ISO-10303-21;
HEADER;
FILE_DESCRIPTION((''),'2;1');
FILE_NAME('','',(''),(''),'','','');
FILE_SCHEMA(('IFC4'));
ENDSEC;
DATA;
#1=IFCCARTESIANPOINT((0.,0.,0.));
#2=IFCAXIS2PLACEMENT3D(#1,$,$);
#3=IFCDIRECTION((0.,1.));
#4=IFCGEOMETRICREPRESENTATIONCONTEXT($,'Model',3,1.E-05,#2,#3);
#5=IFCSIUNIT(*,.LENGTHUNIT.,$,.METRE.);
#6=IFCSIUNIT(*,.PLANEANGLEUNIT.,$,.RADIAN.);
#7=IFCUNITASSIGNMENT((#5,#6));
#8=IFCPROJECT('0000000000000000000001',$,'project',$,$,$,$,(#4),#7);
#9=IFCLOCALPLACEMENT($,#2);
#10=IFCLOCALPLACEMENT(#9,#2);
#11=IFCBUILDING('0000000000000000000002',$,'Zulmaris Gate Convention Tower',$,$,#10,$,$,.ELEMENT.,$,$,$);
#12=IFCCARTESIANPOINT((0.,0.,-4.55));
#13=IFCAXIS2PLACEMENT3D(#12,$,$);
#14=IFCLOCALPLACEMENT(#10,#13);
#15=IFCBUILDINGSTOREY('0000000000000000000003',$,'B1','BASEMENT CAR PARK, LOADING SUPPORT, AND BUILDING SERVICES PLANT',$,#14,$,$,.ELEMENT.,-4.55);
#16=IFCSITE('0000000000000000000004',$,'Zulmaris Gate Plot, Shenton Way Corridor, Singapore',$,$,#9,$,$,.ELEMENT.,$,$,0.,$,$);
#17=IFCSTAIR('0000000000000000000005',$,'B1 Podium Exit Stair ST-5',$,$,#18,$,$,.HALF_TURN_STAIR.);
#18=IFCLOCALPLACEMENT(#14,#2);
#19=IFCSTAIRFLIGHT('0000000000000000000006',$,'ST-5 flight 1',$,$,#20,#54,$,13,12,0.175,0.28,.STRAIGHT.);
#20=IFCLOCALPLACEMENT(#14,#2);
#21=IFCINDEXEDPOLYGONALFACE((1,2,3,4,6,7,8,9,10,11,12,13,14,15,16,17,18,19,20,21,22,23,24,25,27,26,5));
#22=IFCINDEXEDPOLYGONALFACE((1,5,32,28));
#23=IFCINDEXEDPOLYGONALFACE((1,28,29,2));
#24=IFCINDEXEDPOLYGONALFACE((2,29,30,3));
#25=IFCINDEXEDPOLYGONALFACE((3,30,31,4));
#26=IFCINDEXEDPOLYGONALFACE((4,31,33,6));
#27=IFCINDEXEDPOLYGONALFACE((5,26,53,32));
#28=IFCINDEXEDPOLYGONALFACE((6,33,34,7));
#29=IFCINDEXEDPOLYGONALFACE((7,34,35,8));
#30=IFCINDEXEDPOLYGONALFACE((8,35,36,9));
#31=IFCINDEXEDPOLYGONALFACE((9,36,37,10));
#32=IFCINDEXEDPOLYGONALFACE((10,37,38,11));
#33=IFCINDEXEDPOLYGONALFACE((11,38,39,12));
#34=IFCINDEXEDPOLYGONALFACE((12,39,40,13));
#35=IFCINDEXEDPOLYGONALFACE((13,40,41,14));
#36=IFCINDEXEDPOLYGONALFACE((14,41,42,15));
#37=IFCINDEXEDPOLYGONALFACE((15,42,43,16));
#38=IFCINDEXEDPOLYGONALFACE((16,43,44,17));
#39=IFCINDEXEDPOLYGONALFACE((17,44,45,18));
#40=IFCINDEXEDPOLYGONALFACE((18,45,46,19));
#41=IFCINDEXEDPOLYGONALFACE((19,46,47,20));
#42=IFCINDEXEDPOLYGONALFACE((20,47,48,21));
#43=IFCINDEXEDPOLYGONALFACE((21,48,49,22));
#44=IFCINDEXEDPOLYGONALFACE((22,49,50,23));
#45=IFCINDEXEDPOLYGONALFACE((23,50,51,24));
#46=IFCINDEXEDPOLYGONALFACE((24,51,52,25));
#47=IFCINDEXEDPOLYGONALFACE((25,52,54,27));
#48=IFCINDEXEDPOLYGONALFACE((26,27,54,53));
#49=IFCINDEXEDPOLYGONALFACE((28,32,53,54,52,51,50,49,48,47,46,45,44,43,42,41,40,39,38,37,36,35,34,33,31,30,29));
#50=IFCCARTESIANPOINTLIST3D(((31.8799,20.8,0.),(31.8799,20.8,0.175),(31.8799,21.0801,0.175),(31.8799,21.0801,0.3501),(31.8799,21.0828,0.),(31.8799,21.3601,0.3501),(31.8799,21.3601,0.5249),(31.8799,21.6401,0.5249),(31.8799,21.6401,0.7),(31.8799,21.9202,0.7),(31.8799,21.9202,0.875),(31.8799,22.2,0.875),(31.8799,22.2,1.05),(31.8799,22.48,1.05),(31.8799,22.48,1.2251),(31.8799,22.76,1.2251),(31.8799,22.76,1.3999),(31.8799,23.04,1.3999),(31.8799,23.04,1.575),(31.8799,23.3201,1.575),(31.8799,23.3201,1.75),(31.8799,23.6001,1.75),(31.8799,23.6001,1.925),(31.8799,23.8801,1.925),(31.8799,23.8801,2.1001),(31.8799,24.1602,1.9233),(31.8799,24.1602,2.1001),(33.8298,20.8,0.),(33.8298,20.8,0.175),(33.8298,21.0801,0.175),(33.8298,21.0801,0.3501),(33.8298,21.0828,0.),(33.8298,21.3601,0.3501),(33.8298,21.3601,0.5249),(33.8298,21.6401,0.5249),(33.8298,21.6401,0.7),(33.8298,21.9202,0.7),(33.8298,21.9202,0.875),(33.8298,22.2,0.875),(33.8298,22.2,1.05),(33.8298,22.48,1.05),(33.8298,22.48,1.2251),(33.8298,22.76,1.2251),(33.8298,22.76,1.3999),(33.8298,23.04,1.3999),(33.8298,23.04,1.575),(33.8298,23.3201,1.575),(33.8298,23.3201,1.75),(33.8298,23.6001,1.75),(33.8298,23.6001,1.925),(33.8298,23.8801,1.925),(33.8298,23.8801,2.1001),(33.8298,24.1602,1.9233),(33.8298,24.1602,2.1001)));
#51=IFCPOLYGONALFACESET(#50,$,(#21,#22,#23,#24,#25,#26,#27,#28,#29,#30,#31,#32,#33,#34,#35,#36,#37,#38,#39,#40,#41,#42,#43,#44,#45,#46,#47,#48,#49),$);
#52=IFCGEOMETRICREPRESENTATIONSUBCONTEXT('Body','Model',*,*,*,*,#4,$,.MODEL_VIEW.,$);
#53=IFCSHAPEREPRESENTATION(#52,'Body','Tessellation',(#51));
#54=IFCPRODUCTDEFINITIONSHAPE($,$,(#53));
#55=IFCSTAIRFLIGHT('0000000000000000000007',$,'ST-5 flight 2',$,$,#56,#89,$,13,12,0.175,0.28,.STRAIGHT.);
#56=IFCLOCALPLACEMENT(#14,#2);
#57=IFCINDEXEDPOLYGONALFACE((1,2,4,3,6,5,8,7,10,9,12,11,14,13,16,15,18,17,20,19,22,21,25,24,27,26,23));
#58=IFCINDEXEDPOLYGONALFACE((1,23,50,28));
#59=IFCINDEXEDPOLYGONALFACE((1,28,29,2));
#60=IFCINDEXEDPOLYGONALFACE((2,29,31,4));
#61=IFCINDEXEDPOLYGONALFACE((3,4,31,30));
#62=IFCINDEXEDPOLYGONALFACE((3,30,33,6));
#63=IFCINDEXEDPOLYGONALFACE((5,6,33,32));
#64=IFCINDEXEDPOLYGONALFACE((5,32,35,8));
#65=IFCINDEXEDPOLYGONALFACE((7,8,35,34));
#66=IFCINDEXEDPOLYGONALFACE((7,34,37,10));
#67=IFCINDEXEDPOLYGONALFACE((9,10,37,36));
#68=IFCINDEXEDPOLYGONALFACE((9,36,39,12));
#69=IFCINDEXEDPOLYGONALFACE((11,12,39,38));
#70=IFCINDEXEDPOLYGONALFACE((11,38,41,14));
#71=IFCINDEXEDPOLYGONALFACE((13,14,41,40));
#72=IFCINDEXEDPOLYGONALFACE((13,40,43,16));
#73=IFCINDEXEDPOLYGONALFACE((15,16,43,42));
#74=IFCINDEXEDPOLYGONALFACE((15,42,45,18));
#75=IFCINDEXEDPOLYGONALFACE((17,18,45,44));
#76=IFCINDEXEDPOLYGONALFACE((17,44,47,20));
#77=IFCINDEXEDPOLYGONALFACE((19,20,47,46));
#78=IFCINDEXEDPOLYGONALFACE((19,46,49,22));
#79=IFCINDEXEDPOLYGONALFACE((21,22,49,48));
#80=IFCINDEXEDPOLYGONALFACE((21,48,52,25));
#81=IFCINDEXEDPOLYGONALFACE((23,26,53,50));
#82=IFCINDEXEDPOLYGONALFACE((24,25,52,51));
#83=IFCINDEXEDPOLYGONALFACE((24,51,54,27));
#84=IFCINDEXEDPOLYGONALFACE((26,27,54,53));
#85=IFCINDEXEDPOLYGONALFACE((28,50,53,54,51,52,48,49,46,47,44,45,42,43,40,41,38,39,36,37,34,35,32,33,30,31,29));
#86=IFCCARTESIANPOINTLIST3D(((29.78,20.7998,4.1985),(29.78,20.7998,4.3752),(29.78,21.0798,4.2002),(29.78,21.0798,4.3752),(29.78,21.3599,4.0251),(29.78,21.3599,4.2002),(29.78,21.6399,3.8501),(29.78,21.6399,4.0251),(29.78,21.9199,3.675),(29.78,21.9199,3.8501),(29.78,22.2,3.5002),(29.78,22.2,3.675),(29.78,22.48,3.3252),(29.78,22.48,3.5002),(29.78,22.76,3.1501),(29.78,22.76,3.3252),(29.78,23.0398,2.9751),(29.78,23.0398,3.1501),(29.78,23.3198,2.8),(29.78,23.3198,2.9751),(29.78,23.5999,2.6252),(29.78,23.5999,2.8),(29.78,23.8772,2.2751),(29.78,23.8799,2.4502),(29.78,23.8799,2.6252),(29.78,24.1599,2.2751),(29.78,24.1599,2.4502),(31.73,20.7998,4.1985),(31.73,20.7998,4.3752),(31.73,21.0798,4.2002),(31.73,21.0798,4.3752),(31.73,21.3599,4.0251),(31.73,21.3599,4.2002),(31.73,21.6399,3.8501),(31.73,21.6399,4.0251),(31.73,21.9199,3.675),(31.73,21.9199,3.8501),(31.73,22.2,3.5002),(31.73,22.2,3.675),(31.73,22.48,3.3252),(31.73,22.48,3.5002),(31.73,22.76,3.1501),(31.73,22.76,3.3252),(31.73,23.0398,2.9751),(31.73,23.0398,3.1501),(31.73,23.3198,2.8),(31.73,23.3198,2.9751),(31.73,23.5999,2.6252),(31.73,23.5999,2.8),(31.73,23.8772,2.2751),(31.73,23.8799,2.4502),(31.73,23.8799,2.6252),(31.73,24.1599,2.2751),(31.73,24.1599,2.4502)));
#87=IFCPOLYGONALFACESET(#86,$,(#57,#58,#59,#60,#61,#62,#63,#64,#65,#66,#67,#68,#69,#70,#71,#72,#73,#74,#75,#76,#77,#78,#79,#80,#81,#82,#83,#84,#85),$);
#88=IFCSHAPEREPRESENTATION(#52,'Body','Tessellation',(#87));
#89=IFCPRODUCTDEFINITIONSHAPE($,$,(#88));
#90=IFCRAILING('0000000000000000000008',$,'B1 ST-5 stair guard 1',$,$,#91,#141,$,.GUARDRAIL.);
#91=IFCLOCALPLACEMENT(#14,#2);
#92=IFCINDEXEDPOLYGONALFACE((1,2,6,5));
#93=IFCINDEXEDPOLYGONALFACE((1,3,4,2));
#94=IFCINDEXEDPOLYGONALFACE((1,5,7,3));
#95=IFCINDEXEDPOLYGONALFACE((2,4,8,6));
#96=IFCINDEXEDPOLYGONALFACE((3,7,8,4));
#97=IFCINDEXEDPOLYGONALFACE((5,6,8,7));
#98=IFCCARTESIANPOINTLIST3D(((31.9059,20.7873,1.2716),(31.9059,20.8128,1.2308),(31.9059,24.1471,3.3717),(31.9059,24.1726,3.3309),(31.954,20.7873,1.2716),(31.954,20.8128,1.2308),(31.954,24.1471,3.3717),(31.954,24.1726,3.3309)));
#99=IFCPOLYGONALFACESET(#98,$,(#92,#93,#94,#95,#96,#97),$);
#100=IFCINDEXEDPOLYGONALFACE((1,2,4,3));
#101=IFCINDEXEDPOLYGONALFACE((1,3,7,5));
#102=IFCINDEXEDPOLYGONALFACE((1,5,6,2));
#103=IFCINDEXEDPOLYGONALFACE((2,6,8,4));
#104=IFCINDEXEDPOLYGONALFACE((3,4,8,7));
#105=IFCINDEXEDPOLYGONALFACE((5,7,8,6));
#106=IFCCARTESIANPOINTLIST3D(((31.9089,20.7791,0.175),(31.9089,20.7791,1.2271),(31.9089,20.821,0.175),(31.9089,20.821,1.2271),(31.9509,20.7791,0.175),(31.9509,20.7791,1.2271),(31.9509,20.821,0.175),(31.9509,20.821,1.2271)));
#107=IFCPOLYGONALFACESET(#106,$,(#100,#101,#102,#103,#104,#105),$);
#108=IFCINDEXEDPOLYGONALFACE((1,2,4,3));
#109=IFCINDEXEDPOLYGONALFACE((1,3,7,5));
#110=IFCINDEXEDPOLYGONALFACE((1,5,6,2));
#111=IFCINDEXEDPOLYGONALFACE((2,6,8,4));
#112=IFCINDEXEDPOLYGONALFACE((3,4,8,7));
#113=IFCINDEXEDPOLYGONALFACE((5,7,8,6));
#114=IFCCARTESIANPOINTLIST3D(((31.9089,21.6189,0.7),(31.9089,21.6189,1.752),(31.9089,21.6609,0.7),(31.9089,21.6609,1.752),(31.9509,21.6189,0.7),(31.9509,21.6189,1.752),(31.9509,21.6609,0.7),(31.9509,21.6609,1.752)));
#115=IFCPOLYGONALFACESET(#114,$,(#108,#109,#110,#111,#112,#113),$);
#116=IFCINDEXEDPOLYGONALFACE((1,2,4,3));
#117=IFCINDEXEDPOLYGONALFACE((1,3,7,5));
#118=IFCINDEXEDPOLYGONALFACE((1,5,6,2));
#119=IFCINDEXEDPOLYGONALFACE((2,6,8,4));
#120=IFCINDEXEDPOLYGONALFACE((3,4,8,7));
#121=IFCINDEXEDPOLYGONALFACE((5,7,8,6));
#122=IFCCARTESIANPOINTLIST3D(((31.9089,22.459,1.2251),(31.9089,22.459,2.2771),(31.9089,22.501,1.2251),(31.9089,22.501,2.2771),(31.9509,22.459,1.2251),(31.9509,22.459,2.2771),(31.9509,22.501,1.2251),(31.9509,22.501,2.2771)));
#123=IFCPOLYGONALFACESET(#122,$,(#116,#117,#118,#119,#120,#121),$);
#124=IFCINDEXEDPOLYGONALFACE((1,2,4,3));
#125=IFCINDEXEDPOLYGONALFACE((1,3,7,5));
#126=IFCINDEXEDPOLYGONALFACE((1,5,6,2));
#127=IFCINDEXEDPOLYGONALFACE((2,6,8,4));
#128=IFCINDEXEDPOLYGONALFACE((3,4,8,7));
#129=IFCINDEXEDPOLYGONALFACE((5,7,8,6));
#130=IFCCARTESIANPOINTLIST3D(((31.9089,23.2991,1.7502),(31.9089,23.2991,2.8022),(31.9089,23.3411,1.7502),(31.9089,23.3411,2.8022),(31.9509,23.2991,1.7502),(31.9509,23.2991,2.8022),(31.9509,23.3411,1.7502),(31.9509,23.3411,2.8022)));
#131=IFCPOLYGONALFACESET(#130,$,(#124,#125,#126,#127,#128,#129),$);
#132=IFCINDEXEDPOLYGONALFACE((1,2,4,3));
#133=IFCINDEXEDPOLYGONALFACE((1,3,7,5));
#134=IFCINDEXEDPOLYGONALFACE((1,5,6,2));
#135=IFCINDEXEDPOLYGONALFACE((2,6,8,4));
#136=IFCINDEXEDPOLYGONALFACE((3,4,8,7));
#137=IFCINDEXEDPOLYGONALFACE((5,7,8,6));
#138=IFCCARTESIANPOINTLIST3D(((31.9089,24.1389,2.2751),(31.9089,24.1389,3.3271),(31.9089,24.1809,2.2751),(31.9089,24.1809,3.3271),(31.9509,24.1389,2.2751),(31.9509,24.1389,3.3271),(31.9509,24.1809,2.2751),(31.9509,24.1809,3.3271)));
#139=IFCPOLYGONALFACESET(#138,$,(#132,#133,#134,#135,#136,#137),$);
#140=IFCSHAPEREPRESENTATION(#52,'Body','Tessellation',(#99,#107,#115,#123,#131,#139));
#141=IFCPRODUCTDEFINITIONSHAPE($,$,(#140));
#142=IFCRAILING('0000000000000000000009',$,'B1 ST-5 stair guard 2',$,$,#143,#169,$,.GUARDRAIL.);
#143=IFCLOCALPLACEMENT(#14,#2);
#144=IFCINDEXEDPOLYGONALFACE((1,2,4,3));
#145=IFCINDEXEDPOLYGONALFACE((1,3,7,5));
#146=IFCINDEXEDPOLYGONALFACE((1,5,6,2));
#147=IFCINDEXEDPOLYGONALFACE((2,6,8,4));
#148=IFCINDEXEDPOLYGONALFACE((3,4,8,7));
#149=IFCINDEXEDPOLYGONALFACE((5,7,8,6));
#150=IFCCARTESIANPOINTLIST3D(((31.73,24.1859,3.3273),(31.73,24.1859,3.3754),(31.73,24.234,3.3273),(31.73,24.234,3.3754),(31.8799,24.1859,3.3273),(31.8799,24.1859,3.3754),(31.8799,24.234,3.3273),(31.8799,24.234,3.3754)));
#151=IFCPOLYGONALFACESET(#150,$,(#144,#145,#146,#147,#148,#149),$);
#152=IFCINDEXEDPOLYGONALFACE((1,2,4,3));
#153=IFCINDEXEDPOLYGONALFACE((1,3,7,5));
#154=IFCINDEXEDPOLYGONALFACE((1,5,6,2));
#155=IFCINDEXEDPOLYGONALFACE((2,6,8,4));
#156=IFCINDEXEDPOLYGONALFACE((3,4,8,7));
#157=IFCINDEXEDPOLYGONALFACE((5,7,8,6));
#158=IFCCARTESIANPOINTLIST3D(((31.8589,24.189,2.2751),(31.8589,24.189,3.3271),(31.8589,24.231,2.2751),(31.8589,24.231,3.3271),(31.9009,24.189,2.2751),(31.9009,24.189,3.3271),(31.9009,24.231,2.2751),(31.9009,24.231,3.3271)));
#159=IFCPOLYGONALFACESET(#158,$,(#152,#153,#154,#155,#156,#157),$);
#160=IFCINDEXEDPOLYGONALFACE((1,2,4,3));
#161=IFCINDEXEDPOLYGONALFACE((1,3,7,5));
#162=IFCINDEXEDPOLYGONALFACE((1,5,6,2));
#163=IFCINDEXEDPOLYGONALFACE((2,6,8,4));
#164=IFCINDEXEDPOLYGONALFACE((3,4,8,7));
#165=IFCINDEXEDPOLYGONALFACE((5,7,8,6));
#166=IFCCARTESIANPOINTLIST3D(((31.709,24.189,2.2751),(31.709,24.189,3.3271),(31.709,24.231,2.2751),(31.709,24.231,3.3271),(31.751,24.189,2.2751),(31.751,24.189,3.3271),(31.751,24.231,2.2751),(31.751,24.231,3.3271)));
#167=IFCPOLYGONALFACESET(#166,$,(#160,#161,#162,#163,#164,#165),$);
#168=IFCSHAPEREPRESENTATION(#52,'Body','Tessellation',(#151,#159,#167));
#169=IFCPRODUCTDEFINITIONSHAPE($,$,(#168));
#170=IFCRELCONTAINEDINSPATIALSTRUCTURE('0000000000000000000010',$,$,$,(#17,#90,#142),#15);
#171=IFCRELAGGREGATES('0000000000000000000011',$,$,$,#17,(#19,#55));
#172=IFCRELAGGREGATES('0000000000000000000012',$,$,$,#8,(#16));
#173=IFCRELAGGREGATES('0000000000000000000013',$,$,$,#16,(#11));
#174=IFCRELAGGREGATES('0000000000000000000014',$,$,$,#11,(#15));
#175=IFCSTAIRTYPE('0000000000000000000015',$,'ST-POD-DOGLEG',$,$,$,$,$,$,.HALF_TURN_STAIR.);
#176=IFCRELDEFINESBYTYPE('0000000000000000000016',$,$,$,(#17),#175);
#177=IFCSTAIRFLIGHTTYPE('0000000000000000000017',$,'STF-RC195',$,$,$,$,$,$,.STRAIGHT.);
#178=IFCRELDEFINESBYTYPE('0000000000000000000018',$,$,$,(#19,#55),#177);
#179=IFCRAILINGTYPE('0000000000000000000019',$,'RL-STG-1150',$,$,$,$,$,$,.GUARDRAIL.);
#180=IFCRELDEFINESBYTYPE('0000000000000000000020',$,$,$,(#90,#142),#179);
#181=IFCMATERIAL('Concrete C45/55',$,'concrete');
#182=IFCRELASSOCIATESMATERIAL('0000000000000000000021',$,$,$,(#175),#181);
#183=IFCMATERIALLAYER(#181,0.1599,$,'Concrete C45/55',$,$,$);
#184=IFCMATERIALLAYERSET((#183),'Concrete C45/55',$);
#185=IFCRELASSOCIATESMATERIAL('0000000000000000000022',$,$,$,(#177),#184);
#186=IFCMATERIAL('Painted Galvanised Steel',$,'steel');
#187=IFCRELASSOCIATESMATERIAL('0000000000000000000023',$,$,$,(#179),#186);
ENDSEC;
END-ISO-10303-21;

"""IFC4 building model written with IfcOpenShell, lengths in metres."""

from ifc_helpers import new_model, si_unit, direction, frame, origin, origin_2d, place, context, subcontext, project, spatial, polyline, rectangle, outline, extrude, material, layer, layer_set, type_object, element, aggregate, save


model = new_model("IFC4")

# Units and contexts
model_context = context("Model", 3, precision=1e-05, world=origin(), true_north=direction((0.0, 1.0)))
body_context = subcontext(model_context, "Body", "Model", "MODEL_VIEW")
ifc_project = project(units=[si_unit("LENGTHUNIT", "METRE"), si_unit("PLANEANGLEUNIT", "RADIAN")], contexts=[model_context])

# Site, building, storey
site_placement = place(None, origin())
site = spatial("IfcSite", under=ifc_project, at=site_placement, Name="Zulmaris Gate Plot, Shenton Way Corridor, Singapore", CompositionType="ELEMENT", RefElevation=0.0)
building_placement = place(site_placement, origin())
building = spatial("IfcBuilding", under=site, at=building_placement, Name="Zulmaris Gate Convention Tower", CompositionType="ELEMENT")
storey_placement = place(building_placement, frame((0.0, 0.0, -4.55)))
storey = spatial("IfcBuildingStorey", under=building, at=storey_placement, Name="B1", Description="BASEMENT CAR PARK, LOADING SUPPORT, AND BUILDING SERVICES PLANT", CompositionType="ELEMENT", Elevation=-4.55)

# Stair, stair flights
ifc_material_1 = material(Name="Concrete C45/55", Category="concrete")
stair_type = type_object("IfcStairType", Name="ST-POD-DOGLEG", PredefinedType="HALF_TURN_STAIR", material=ifc_material_1)
stair_placement = place(storey_placement, origin())
stair = element("IfcStair", 1, at=stair_placement, inside=storey, type_object=stair_type, Name="B1 Podium Exit Stair ST-5", PredefinedType="HALF_TURN_STAIR")
ifc_layer_1 = layer(ifc_material_1, 0.1599, Name="Concrete C45/55")
ifc_layer_set_1 = layer_set([ifc_layer_1], Name="Concrete C45/55")
stair_flight_type = type_object("IfcStairFlightType", Name="STF-RC195", PredefinedType="STRAIGHT", material=ifc_layer_set_1)
stair_flight_1_placement = place(storey_placement, frame((32.855, 20.8, 0.0), z_axis=(0.0, 0.0, 1.0), x_axis=(0.0, 1.0, 0.0)))
stair_flight_1 = element("IfcStairFlight", 2, at=stair_flight_1_placement, type_object=stair_flight_type, Name="ST-5 flight 1", NumberOfRisers=13, NumberOfTreads=12, PredefinedType="STRAIGHT", RiserHeight=0.175, TreadLength=0.28, context=body_context, shape_type="SweptSolid", body=[
    extrude(outline(polyline([(0.0, 0.0), (0.0, 0.175), (0.28, 0.175), (0.28, 0.3501), (0.5601, 0.3501), (0.5601, 0.5249), (0.8401, 0.5249), (0.8401, 0.7), (1.1201, 0.7), (1.1201, 0.875), (1.3999, 0.875), (1.3999, 1.05), (1.6799, 1.05), (1.6799, 1.2251), (1.96, 1.2251), (1.96, 1.3999), (2.24, 1.3999), (2.24, 1.575), (2.52, 1.575), (2.52, 1.75), (2.8, 1.75), (2.8, 1.925), (3.0801, 1.925), (3.0801, 2.1001), (3.3601, 2.1001), (3.3601, 2.2749), (3.3601, 1.9233), (0.2827, 0.0), (0.0, 0.0)])), frame((0.0, 0.9751, 0.0), z_axis=(0.0, -1.0, 0.0), x_axis=(1.0, 0.0, 0.0)), (0.0, 0.0, 1.0), 1.95),
])
stair_flight_2_placement = place(storey_placement, frame((30.7549, 24.1599, 2.2751), z_axis=(0.0, 0.0, 1.0), x_axis=(0.0, -1.0, 0.0)))
stair_flight_2 = element("IfcStairFlight", 3, at=stair_flight_2_placement, type_object=stair_flight_type, Name="ST-5 flight 2", NumberOfRisers=13, NumberOfTreads=12, PredefinedType="STRAIGHT", RiserHeight=0.175, TreadLength=0.28, context=body_context, shape_type="SweptSolid", body=[
    extrude(outline(polyline([(0.0, 0.0), (0.0, 0.175), (0.28, 0.175), (0.28, 0.3501), (0.5601, 0.3501), (0.5601, 0.5249), (0.8401, 0.5249), (0.8401, 0.7), (1.1201, 0.7), (1.1201, 0.875), (1.3999, 0.875), (1.3999, 1.05), (1.6799, 1.05), (1.6799, 1.2251), (1.96, 1.2251), (1.96, 1.3999), (2.24, 1.3999), (2.24, 1.575), (2.52, 1.575), (2.52, 1.75), (2.8, 1.75), (2.8, 1.925), (3.0801, 1.925), (3.0801, 2.1001), (3.3601, 2.1001), (3.3601, 2.2749), (3.3601, 1.9233), (0.2827, 0.0), (0.0, 0.0)])), frame((0.0, 0.9751, 0.0), z_axis=(0.0, -1.0, 0.0), x_axis=(1.0, 0.0, 0.0)), (0.0, 0.0, 1.0), 1.95),
])
aggregate(stair, [stair_flight_1, stair_flight_2])

# Railings
ifc_material_2 = material(Name="Painted Galvanised Steel", Category="steel")
railing_type_1 = type_object("IfcRailingType", Name="RL-STG-1150", PredefinedType="GUARDRAIL", material=ifc_material_2)
railing_1_placement = place(storey_placement, frame((31.9299, 20.8, 0.175)))
element("IfcRailing", 4, at=railing_1_placement, inside=storey, type_object=railing_type_1, Name="B1 ST-5 stair guard 1", PredefinedType="GUARDRAIL", context=body_context, shape_type="SweptSolid", body=[
    extrude(rectangle(XDim=0.0481, YDim=0.0481, at=origin_2d()), frame((0.0, 0.0, 1.0762), z_axis=(0.0, 0.847978, 0.530032), x_axis=(-1.0, 0.0, 0.0)), (0.0, 0.0, 1.0), 3.9622),
    extrude(rectangle(XDim=0.042, YDim=0.042, at=origin_2d()), origin(), (0.0, 0.0, 1.0), 1.052),
    extrude(rectangle(XDim=0.042, YDim=0.042, at=origin_2d()), frame((0.0, 0.8398, 0.5249)), (0.0, 0.0, 1.0), 1.052),
    extrude(rectangle(XDim=0.042, YDim=0.042, at=origin_2d()), frame((0.0, 1.6799, 1.05)), (0.0, 0.0, 1.0), 1.052),
    extrude(rectangle(XDim=0.042, YDim=0.042, at=origin_2d()), frame((0.0, 2.52, 1.5752)), (0.0, 0.0, 1.0), 1.052),
    extrude(rectangle(XDim=0.042, YDim=0.042, at=origin_2d()), frame((0.0, 3.3599, 2.1001)), (0.0, 0.0, 1.0), 1.052),
])
railing_2_placement = place(storey_placement, frame((31.8799, 24.21, 2.2751)))
element("IfcRailing", 5, at=railing_2_placement, inside=storey, type_object=railing_type_1, Name="B1 ST-5 stair guard 2", PredefinedType="GUARDRAIL", context=body_context, shape_type="SweptSolid", body=[
    extrude(rectangle(XDim=0.0481, YDim=0.0481, at=origin_2d()), frame((0.0, 0.0, 1.0762), z_axis=(-1.0, 0.0, 0.0), x_axis=(0.0, -1.0, 0.0)), (0.0, 0.0, 1.0), 0.1499),
    extrude(rectangle(XDim=0.042, YDim=0.042, at=origin_2d()), origin(), (0.0, 0.0, 1.0), 1.052),
    extrude(rectangle(XDim=0.042, YDim=0.042, at=origin_2d()), frame((-0.1499, 0.0, 0.0)), (0.0, 0.0, 1.0), 1.052),
])

save(model, "model.ifc")
